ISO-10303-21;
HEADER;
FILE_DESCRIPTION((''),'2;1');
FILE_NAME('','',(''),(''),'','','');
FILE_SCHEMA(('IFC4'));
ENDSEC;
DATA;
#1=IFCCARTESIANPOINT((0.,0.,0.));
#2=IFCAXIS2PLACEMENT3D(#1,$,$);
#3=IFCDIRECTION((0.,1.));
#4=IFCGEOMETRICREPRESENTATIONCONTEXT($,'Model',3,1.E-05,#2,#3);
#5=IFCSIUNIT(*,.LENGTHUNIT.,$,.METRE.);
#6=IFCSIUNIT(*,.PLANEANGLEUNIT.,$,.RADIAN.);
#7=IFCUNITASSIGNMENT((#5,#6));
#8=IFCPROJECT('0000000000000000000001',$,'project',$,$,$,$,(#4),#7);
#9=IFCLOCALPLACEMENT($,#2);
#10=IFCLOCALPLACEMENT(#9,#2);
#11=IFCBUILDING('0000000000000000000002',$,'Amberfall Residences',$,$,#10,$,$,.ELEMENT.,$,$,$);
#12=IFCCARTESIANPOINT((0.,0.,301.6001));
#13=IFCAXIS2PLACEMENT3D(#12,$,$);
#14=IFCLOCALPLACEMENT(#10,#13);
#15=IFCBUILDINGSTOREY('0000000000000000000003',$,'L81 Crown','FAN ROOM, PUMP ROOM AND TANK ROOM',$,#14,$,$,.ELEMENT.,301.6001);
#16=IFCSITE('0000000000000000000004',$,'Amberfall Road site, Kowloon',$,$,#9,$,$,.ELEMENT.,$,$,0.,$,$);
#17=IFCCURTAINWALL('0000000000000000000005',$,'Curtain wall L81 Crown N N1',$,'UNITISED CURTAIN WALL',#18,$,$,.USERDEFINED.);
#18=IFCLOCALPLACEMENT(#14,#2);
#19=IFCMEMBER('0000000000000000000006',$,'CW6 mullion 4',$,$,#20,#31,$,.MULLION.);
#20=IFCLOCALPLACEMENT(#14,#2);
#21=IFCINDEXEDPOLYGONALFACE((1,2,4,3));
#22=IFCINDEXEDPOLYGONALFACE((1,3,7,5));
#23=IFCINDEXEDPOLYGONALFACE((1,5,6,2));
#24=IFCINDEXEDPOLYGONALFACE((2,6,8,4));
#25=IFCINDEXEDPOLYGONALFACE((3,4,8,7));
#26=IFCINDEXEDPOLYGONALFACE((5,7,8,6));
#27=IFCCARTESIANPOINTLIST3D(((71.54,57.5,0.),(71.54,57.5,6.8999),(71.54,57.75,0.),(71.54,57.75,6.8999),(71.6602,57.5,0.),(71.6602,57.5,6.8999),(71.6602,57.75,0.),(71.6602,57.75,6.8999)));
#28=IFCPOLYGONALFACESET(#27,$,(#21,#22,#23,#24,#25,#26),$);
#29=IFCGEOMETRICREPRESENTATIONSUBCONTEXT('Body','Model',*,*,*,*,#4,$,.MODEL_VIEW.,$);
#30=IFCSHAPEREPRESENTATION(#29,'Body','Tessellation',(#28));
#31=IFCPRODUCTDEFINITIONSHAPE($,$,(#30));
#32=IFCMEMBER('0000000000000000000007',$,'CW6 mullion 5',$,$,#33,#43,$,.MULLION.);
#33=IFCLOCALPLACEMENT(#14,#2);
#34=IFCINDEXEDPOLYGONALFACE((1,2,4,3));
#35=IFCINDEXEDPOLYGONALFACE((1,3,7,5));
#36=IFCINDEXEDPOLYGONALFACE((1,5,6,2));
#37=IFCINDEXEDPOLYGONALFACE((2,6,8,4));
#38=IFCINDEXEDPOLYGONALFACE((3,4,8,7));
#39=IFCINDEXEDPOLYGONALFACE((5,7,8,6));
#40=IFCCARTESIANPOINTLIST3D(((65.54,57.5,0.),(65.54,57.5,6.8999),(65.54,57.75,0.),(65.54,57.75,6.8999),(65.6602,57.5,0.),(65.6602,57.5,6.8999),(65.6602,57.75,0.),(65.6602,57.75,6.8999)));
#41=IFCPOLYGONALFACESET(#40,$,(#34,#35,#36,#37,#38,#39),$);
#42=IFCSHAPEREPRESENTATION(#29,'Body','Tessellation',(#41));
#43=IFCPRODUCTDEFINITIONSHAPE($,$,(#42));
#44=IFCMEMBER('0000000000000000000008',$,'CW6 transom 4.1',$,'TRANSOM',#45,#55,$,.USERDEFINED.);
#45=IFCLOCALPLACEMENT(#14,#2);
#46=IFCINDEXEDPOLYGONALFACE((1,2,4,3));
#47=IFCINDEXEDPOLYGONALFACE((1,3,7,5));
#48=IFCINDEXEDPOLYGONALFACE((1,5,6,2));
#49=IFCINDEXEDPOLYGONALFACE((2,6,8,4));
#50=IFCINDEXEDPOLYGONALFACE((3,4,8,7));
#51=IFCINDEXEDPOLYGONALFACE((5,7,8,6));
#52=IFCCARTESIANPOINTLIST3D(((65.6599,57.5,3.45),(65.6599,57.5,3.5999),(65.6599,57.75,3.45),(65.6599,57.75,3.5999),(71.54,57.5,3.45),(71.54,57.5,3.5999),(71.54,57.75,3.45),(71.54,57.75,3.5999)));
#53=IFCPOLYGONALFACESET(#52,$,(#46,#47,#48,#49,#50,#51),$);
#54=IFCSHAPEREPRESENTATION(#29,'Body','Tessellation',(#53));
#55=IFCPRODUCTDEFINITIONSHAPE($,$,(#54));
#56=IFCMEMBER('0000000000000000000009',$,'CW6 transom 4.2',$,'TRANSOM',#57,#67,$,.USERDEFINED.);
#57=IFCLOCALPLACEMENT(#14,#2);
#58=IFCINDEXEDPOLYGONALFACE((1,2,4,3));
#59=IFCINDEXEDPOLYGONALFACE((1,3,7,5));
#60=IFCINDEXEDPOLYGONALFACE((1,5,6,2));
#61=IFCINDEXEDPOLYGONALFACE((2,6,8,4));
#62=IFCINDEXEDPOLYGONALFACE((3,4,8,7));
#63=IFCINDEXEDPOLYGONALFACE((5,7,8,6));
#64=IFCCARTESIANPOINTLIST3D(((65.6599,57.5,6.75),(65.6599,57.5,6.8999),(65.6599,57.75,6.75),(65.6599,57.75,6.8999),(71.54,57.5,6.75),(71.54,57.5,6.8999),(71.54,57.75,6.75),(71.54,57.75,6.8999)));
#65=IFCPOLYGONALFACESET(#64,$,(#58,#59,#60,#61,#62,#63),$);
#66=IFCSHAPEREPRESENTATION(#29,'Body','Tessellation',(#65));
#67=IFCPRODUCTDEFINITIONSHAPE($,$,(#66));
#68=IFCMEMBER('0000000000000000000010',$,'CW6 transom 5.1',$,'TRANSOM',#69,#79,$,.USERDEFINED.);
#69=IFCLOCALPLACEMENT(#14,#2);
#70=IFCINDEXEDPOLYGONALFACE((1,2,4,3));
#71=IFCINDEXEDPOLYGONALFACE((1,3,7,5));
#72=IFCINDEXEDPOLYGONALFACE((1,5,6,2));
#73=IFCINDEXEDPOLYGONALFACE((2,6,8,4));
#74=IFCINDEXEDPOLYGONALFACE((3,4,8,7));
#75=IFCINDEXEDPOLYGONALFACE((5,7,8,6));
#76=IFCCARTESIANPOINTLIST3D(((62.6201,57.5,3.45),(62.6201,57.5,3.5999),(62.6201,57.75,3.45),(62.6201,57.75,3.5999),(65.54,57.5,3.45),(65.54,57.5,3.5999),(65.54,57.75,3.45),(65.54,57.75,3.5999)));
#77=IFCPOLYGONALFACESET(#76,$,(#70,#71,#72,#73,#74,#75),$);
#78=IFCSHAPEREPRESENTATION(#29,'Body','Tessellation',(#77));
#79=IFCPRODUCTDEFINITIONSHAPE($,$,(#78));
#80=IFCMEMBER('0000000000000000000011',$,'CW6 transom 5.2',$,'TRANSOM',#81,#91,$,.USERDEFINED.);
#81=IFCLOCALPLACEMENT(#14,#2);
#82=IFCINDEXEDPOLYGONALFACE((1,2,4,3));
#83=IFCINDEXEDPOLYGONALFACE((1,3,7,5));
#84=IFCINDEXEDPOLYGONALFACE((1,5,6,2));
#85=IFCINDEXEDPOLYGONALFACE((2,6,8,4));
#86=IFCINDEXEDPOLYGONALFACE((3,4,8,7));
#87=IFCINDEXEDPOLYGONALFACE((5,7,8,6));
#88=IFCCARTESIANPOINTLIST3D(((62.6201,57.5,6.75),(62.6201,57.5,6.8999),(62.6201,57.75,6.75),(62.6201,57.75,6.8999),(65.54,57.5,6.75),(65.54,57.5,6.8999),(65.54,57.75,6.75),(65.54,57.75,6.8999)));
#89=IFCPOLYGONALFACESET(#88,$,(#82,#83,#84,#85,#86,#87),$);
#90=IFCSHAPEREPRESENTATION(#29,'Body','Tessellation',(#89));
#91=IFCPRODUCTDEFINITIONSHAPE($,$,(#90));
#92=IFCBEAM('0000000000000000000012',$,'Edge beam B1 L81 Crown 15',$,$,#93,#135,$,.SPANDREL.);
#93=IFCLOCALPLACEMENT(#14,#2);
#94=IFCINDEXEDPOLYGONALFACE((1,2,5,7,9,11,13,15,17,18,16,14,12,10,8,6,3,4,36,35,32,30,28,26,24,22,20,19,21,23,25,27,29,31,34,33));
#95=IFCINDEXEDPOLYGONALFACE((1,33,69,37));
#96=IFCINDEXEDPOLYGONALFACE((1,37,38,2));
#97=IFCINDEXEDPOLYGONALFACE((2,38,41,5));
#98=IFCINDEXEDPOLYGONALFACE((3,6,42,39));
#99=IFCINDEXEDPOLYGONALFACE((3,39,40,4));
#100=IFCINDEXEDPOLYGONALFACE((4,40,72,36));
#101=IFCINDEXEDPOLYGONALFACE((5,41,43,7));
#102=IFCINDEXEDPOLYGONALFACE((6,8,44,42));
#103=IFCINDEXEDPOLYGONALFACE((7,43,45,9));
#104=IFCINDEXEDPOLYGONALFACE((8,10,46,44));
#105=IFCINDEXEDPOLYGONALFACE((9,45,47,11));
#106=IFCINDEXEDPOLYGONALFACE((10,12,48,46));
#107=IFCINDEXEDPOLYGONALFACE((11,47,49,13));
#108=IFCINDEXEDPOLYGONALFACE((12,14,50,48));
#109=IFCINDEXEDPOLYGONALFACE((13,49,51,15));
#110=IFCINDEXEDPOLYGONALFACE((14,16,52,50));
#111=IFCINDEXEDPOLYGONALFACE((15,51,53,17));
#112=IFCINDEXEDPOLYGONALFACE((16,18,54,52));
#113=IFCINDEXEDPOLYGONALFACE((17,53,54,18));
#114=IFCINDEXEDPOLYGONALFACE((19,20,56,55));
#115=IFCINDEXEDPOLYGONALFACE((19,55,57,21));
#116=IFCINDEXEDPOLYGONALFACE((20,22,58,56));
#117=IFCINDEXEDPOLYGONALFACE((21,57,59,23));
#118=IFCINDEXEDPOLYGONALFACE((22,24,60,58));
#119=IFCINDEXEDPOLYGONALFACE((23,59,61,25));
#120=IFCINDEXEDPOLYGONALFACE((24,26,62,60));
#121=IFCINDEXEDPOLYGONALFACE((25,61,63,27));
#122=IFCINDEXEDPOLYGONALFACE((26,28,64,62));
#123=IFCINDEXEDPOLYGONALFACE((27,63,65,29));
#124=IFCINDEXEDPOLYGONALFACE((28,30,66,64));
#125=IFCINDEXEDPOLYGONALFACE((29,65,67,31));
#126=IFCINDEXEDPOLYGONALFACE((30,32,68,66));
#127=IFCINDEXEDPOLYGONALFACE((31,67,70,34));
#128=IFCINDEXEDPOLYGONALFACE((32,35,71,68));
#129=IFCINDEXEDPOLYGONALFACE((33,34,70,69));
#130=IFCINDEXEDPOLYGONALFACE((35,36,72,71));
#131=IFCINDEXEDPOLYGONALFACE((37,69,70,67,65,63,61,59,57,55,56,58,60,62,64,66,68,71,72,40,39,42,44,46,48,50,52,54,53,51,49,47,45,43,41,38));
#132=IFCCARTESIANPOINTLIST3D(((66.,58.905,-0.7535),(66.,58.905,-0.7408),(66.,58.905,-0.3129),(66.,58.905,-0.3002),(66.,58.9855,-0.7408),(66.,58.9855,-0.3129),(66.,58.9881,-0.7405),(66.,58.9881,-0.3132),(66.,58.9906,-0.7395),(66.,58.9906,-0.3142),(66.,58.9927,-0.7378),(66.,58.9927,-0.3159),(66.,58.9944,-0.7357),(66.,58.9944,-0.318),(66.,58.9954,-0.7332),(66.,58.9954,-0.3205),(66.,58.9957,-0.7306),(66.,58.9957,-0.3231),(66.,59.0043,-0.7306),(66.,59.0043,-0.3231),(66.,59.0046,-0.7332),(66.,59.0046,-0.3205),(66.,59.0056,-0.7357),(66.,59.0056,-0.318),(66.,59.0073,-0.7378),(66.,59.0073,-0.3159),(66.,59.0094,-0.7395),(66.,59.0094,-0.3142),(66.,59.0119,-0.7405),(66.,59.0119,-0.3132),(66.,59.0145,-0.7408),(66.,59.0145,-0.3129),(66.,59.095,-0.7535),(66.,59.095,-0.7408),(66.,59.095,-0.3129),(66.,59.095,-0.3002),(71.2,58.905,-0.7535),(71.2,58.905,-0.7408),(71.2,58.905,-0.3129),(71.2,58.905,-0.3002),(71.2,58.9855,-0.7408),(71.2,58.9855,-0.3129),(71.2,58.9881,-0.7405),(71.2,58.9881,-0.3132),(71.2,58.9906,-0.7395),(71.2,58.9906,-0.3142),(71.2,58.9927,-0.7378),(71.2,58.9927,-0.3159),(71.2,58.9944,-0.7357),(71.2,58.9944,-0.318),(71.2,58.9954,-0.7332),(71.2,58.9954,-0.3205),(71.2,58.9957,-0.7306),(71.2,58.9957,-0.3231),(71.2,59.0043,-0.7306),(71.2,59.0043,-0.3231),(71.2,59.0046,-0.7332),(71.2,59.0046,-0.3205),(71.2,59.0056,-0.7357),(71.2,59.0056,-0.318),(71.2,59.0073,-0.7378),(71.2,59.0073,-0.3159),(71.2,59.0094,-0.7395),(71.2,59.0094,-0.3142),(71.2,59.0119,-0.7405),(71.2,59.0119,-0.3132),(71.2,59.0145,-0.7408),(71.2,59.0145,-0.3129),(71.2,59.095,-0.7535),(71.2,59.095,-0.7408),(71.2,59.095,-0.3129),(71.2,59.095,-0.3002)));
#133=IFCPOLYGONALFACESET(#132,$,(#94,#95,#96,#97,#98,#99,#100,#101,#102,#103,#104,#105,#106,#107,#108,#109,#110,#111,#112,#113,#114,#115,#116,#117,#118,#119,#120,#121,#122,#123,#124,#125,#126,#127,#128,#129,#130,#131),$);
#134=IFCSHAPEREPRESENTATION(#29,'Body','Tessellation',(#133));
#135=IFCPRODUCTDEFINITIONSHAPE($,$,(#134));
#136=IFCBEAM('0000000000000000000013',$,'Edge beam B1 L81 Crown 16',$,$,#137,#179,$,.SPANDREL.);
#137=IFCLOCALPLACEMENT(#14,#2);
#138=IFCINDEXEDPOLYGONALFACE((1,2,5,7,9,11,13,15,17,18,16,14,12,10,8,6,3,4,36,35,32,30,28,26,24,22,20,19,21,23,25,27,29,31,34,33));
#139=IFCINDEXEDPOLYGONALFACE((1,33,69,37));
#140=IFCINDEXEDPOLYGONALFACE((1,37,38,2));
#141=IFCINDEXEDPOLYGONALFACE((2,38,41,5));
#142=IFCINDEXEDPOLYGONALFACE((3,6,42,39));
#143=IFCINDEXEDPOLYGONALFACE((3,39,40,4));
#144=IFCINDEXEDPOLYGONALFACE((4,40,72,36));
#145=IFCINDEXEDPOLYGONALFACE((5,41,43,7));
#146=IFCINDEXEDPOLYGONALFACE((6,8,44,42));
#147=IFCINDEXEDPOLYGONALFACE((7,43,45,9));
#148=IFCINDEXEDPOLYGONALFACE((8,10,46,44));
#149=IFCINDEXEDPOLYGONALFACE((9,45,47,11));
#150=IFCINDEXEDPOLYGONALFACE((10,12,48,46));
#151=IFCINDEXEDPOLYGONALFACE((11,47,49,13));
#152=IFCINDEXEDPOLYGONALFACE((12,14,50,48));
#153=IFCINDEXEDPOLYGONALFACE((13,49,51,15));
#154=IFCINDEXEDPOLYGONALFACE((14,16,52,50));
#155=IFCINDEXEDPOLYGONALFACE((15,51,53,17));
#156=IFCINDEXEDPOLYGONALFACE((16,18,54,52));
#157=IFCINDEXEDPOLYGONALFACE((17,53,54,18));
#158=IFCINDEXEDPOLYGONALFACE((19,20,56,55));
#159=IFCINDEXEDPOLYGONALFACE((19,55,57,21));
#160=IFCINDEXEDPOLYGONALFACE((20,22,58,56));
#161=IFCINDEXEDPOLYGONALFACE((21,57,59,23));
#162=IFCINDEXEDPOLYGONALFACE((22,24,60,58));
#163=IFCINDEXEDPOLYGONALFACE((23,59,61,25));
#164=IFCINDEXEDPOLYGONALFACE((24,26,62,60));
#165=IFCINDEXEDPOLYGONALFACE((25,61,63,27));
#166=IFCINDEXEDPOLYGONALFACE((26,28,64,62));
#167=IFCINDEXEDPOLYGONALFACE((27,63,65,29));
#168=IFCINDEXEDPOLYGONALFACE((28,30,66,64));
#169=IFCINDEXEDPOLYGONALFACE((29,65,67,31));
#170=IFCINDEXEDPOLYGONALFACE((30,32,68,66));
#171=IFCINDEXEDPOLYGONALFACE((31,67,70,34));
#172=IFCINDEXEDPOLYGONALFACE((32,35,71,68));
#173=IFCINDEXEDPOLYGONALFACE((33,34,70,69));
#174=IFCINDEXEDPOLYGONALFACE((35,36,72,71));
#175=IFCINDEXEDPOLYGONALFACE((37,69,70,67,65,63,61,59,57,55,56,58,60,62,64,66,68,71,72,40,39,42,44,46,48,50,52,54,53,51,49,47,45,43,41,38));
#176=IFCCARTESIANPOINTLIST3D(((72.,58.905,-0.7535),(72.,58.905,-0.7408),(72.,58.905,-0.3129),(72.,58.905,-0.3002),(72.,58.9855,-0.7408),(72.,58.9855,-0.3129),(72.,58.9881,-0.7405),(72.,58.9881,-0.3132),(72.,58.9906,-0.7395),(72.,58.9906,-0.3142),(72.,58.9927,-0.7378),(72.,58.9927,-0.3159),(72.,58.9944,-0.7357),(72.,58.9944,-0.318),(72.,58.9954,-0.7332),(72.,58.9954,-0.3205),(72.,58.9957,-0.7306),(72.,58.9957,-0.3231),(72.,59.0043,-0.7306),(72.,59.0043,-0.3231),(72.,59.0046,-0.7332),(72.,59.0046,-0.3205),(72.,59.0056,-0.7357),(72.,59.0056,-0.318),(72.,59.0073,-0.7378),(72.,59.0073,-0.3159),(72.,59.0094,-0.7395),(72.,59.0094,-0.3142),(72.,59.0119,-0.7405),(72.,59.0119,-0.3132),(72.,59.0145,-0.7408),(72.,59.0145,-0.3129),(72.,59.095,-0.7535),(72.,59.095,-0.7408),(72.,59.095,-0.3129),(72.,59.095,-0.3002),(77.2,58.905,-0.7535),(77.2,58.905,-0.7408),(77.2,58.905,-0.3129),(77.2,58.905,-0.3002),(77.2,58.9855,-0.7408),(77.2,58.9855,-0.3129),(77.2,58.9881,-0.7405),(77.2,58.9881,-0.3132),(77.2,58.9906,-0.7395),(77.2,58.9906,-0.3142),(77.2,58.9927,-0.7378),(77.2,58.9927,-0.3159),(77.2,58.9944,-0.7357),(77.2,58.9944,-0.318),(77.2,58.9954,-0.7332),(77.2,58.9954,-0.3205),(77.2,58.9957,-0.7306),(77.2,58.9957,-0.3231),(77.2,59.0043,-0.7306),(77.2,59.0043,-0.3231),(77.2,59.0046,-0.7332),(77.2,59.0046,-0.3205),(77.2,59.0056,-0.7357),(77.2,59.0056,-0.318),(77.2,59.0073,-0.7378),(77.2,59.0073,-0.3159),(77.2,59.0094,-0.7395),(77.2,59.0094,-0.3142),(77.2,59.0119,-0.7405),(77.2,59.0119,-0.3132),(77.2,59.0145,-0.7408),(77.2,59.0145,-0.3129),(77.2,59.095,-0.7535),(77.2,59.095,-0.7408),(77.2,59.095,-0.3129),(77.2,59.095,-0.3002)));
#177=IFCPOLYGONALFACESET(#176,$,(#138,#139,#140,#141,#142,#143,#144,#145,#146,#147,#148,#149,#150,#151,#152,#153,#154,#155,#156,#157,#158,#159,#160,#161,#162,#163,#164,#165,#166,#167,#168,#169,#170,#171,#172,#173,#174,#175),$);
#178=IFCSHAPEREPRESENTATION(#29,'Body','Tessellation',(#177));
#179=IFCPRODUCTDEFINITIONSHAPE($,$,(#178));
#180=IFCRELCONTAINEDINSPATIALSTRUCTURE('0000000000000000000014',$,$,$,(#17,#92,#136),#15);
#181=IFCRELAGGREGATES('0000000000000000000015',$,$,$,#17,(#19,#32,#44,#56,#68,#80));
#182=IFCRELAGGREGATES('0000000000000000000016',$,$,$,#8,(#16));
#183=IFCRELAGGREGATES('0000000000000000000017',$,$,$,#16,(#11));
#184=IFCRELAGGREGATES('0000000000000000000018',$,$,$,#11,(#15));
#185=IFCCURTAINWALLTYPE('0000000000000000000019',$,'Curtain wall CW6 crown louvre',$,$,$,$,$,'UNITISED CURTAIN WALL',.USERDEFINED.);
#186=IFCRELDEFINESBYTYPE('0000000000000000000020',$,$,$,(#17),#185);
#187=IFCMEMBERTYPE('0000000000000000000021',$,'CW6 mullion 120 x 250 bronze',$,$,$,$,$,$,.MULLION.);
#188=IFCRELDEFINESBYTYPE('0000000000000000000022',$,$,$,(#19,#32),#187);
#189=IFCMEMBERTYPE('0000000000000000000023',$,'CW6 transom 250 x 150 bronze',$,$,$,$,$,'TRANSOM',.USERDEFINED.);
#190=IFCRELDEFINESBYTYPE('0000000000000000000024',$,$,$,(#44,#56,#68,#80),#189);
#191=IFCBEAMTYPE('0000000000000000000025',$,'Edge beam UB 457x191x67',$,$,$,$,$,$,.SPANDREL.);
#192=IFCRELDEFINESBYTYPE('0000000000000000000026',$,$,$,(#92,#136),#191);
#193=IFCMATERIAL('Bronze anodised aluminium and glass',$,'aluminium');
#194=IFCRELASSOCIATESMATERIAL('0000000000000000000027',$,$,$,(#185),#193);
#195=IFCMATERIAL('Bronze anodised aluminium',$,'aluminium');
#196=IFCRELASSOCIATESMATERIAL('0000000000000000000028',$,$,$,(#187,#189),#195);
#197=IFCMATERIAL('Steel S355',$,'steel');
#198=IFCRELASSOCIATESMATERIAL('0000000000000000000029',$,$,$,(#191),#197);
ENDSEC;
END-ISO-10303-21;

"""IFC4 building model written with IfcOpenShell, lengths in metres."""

from ifc_helpers import new_model, si_unit, direction, frame, origin, origin_2d, place, context, subcontext, project, spatial, rectangle, i_section, extrude, material, material_profile, profile_set, type_object, element, aggregate, save


model = new_model("IFC4")

# Units and contexts
model_context = context("Model", 3, precision=1e-05, world=origin(), true_north=direction((0.0, 1.0)))
body_context = subcontext(model_context, "Body", "Model", "MODEL_VIEW")
ifc_project = project(units=[si_unit("LENGTHUNIT", "METRE"), si_unit("PLANEANGLEUNIT", "RADIAN")], contexts=[model_context])

# Site, building, storey
site_placement = place(None, origin())
site = spatial("IfcSite", under=ifc_project, at=site_placement, Name="Amberfall Road site, Kowloon", CompositionType="ELEMENT", RefElevation=0.0)
building_placement = place(site_placement, origin())
building = spatial("IfcBuilding", under=site, at=building_placement, Name="Amberfall Residences", CompositionType="ELEMENT")
storey_placement = place(building_placement, frame((0.0, 0.0, 301.6001)))
storey = spatial("IfcBuildingStorey", under=building, at=storey_placement, Name="L81 Crown", Description="FAN ROOM, PUMP ROOM AND TANK ROOM", CompositionType="ELEMENT", Elevation=301.6001)

# Curtain wall, members
ifc_material_1 = material(Name="Bronze anodised aluminium and glass", Category="aluminium")
curtain_wall_type = type_object("IfcCurtainWallType", Name="Curtain wall CW6 crown louvre", ElementType="UNITISED CURTAIN WALL", PredefinedType="USERDEFINED", material=ifc_material_1)
curtain_wall_placement = place(storey_placement, origin())
curtain_wall = element("IfcCurtainWall", 1, at=curtain_wall_placement, inside=storey, type_object=curtain_wall_type, Name="Curtain wall L81 Crown N N1", ObjectType="UNITISED CURTAIN WALL", PredefinedType="USERDEFINED")
ifc_material_2 = material(Name="Bronze anodised aluminium", Category="aluminium")
ifc_material_profile_1 = material_profile(ifc_material_2, rectangle(XDim=0.25, YDim=0.1201, at=origin_2d()), Name="CW6 mullion 120 x 250 bronze")
ifc_profile_set_1 = profile_set([ifc_material_profile_1], Name="Bronze anodised aluminium")
member_type_1 = type_object("IfcMemberType", Name="CW6 mullion 120 x 250 bronze", PredefinedType="MULLION", material=ifc_profile_set_1)
member_1_placement = place(storey_placement, frame((71.6001, 57.625, 0.0), z_axis=(0.0, 0.0, 1.0), x_axis=(0.0, -1.0, 0.0)))
member_1 = element("IfcMember", 2, at=member_1_placement, type_object=member_type_1, Name="CW6 mullion 4", PredefinedType="MULLION", context=body_context, shape_type="SweptSolid", body=[
    extrude(rectangle(XDim=0.25, YDim=0.1201, at=origin_2d()), origin(), (0.0, 0.0, 1.0), 6.8999),
])
member_2_placement = place(storey_placement, frame((65.6001, 57.625, 0.0), z_axis=(0.0, 0.0, 1.0), x_axis=(0.0, -1.0, 0.0)))
member_2 = element("IfcMember", 3, at=member_2_placement, type_object=member_type_1, Name="CW6 mullion 5", PredefinedType="MULLION", context=body_context, shape_type="SweptSolid", body=[
    extrude(rectangle(XDim=0.25, YDim=0.1201, at=origin_2d()), origin(), (0.0, 0.0, 1.0), 6.8999),
])
ifc_material_profile_2 = material_profile(ifc_material_2, rectangle(XDim=0.25, YDim=0.1499, at=origin_2d()), Name="CW6 transom 250 x 150 bronze")
ifc_profile_set_2 = profile_set([ifc_material_profile_2], Name="Bronze anodised aluminium")
member_type_2 = type_object("IfcMemberType", Name="CW6 transom 250 x 150 bronze", ElementType="TRANSOM", PredefinedType="USERDEFINED", material=ifc_profile_set_2)
member_3_placement = place(storey_placement, frame((71.54, 57.625, 3.5249), z_axis=(-1.0, 0.0, 0.0), x_axis=(0.0, -1.0, 0.0)))
member_3 = element("IfcMember", 4, at=member_3_placement, type_object=member_type_2, Name="CW6 transom 4.1", ObjectType="TRANSOM", PredefinedType="USERDEFINED", context=body_context, shape_type="SweptSolid", body=[
    extrude(rectangle(XDim=0.25, YDim=0.1499, at=origin_2d()), origin(), (0.0, 0.0, 1.0), 5.8801),
])
member_4_placement = place(storey_placement, frame((71.54, 57.625, 6.825), z_axis=(-1.0, 0.0, 0.0), x_axis=(0.0, -1.0, 0.0)))
member_4 = element("IfcMember", 5, at=member_4_placement, type_object=member_type_2, Name="CW6 transom 4.2", ObjectType="TRANSOM", PredefinedType="USERDEFINED", context=body_context, shape_type="SweptSolid", body=[
    extrude(rectangle(XDim=0.25, YDim=0.1499, at=origin_2d()), origin(), (0.0, 0.0, 1.0), 5.8801),
])
member_5_placement = place(storey_placement, frame((65.54, 57.625, 3.5249), z_axis=(-1.0, 0.0, 0.0), x_axis=(0.0, -1.0, 0.0)))
member_5 = element("IfcMember", 6, at=member_5_placement, type_object=member_type_2, Name="CW6 transom 5.1", ObjectType="TRANSOM", PredefinedType="USERDEFINED", context=body_context, shape_type="SweptSolid", body=[
    extrude(rectangle(XDim=0.25, YDim=0.1499, at=origin_2d()), origin(), (0.0, 0.0, 1.0), 2.9199),
])
member_6_placement = place(storey_placement, frame((65.54, 57.625, 6.825), z_axis=(-1.0, 0.0, 0.0), x_axis=(0.0, -1.0, 0.0)))
member_6 = element("IfcMember", 7, at=member_6_placement, type_object=member_type_2, Name="CW6 transom 5.2", ObjectType="TRANSOM", PredefinedType="USERDEFINED", context=body_context, shape_type="SweptSolid", body=[
    extrude(rectangle(XDim=0.25, YDim=0.1499, at=origin_2d()), origin(), (0.0, 0.0, 1.0), 2.9199),
])

# Beams
ifc_material_3 = material(Name="Steel S355", Category="steel")
ifc_material_profile_3 = material_profile(ifc_material_3, i_section(OverallWidth=0.1899, OverallDepth=0.4534, WebThickness=0.0085, FlangeThickness=0.0127, FilletRadius=0.0103, at=origin_2d()), Name="UB 457x191x67")
ifc_profile_set_3 = profile_set([ifc_material_profile_3], Name="Steel S355")
beam_type_1 = type_object("IfcBeamType", Name="Edge beam UB 457x191x67", PredefinedType="SPANDREL", material=ifc_profile_set_3)
for number, where, z_axis, x_axis, name in (
    (8, (66.0, 59.0, -0.5269), (1.0, 0.0, 0.0), (0.0, 1.0, 0.0), "Edge beam B1 L81 Crown 15"),
    (9, (72.0, 59.0, -0.5269), (1.0, 0.0, 0.0), (0.0, 1.0, 0.0), "Edge beam B1 L81 Crown 16"),
):
    element("IfcBeam", number, at=place(storey_placement, frame(where, z_axis=z_axis, x_axis=x_axis)), inside=storey, type_object=beam_type_1, Name=name, PredefinedType="SPANDREL", context=body_context, shape_type="SweptSolid", body=[
        extrude(i_section(OverallWidth=0.1899, OverallDepth=0.4534, WebThickness=0.0085, FlangeThickness=0.0127, FilletRadius=0.0103, at=origin_2d()), origin(), (0.0, 0.0, 1.0), 5.2),
    ])

aggregate(curtain_wall, [member_1, member_2, member_3, member_4, member_5, member_6])

save(model, "model.ifc")
